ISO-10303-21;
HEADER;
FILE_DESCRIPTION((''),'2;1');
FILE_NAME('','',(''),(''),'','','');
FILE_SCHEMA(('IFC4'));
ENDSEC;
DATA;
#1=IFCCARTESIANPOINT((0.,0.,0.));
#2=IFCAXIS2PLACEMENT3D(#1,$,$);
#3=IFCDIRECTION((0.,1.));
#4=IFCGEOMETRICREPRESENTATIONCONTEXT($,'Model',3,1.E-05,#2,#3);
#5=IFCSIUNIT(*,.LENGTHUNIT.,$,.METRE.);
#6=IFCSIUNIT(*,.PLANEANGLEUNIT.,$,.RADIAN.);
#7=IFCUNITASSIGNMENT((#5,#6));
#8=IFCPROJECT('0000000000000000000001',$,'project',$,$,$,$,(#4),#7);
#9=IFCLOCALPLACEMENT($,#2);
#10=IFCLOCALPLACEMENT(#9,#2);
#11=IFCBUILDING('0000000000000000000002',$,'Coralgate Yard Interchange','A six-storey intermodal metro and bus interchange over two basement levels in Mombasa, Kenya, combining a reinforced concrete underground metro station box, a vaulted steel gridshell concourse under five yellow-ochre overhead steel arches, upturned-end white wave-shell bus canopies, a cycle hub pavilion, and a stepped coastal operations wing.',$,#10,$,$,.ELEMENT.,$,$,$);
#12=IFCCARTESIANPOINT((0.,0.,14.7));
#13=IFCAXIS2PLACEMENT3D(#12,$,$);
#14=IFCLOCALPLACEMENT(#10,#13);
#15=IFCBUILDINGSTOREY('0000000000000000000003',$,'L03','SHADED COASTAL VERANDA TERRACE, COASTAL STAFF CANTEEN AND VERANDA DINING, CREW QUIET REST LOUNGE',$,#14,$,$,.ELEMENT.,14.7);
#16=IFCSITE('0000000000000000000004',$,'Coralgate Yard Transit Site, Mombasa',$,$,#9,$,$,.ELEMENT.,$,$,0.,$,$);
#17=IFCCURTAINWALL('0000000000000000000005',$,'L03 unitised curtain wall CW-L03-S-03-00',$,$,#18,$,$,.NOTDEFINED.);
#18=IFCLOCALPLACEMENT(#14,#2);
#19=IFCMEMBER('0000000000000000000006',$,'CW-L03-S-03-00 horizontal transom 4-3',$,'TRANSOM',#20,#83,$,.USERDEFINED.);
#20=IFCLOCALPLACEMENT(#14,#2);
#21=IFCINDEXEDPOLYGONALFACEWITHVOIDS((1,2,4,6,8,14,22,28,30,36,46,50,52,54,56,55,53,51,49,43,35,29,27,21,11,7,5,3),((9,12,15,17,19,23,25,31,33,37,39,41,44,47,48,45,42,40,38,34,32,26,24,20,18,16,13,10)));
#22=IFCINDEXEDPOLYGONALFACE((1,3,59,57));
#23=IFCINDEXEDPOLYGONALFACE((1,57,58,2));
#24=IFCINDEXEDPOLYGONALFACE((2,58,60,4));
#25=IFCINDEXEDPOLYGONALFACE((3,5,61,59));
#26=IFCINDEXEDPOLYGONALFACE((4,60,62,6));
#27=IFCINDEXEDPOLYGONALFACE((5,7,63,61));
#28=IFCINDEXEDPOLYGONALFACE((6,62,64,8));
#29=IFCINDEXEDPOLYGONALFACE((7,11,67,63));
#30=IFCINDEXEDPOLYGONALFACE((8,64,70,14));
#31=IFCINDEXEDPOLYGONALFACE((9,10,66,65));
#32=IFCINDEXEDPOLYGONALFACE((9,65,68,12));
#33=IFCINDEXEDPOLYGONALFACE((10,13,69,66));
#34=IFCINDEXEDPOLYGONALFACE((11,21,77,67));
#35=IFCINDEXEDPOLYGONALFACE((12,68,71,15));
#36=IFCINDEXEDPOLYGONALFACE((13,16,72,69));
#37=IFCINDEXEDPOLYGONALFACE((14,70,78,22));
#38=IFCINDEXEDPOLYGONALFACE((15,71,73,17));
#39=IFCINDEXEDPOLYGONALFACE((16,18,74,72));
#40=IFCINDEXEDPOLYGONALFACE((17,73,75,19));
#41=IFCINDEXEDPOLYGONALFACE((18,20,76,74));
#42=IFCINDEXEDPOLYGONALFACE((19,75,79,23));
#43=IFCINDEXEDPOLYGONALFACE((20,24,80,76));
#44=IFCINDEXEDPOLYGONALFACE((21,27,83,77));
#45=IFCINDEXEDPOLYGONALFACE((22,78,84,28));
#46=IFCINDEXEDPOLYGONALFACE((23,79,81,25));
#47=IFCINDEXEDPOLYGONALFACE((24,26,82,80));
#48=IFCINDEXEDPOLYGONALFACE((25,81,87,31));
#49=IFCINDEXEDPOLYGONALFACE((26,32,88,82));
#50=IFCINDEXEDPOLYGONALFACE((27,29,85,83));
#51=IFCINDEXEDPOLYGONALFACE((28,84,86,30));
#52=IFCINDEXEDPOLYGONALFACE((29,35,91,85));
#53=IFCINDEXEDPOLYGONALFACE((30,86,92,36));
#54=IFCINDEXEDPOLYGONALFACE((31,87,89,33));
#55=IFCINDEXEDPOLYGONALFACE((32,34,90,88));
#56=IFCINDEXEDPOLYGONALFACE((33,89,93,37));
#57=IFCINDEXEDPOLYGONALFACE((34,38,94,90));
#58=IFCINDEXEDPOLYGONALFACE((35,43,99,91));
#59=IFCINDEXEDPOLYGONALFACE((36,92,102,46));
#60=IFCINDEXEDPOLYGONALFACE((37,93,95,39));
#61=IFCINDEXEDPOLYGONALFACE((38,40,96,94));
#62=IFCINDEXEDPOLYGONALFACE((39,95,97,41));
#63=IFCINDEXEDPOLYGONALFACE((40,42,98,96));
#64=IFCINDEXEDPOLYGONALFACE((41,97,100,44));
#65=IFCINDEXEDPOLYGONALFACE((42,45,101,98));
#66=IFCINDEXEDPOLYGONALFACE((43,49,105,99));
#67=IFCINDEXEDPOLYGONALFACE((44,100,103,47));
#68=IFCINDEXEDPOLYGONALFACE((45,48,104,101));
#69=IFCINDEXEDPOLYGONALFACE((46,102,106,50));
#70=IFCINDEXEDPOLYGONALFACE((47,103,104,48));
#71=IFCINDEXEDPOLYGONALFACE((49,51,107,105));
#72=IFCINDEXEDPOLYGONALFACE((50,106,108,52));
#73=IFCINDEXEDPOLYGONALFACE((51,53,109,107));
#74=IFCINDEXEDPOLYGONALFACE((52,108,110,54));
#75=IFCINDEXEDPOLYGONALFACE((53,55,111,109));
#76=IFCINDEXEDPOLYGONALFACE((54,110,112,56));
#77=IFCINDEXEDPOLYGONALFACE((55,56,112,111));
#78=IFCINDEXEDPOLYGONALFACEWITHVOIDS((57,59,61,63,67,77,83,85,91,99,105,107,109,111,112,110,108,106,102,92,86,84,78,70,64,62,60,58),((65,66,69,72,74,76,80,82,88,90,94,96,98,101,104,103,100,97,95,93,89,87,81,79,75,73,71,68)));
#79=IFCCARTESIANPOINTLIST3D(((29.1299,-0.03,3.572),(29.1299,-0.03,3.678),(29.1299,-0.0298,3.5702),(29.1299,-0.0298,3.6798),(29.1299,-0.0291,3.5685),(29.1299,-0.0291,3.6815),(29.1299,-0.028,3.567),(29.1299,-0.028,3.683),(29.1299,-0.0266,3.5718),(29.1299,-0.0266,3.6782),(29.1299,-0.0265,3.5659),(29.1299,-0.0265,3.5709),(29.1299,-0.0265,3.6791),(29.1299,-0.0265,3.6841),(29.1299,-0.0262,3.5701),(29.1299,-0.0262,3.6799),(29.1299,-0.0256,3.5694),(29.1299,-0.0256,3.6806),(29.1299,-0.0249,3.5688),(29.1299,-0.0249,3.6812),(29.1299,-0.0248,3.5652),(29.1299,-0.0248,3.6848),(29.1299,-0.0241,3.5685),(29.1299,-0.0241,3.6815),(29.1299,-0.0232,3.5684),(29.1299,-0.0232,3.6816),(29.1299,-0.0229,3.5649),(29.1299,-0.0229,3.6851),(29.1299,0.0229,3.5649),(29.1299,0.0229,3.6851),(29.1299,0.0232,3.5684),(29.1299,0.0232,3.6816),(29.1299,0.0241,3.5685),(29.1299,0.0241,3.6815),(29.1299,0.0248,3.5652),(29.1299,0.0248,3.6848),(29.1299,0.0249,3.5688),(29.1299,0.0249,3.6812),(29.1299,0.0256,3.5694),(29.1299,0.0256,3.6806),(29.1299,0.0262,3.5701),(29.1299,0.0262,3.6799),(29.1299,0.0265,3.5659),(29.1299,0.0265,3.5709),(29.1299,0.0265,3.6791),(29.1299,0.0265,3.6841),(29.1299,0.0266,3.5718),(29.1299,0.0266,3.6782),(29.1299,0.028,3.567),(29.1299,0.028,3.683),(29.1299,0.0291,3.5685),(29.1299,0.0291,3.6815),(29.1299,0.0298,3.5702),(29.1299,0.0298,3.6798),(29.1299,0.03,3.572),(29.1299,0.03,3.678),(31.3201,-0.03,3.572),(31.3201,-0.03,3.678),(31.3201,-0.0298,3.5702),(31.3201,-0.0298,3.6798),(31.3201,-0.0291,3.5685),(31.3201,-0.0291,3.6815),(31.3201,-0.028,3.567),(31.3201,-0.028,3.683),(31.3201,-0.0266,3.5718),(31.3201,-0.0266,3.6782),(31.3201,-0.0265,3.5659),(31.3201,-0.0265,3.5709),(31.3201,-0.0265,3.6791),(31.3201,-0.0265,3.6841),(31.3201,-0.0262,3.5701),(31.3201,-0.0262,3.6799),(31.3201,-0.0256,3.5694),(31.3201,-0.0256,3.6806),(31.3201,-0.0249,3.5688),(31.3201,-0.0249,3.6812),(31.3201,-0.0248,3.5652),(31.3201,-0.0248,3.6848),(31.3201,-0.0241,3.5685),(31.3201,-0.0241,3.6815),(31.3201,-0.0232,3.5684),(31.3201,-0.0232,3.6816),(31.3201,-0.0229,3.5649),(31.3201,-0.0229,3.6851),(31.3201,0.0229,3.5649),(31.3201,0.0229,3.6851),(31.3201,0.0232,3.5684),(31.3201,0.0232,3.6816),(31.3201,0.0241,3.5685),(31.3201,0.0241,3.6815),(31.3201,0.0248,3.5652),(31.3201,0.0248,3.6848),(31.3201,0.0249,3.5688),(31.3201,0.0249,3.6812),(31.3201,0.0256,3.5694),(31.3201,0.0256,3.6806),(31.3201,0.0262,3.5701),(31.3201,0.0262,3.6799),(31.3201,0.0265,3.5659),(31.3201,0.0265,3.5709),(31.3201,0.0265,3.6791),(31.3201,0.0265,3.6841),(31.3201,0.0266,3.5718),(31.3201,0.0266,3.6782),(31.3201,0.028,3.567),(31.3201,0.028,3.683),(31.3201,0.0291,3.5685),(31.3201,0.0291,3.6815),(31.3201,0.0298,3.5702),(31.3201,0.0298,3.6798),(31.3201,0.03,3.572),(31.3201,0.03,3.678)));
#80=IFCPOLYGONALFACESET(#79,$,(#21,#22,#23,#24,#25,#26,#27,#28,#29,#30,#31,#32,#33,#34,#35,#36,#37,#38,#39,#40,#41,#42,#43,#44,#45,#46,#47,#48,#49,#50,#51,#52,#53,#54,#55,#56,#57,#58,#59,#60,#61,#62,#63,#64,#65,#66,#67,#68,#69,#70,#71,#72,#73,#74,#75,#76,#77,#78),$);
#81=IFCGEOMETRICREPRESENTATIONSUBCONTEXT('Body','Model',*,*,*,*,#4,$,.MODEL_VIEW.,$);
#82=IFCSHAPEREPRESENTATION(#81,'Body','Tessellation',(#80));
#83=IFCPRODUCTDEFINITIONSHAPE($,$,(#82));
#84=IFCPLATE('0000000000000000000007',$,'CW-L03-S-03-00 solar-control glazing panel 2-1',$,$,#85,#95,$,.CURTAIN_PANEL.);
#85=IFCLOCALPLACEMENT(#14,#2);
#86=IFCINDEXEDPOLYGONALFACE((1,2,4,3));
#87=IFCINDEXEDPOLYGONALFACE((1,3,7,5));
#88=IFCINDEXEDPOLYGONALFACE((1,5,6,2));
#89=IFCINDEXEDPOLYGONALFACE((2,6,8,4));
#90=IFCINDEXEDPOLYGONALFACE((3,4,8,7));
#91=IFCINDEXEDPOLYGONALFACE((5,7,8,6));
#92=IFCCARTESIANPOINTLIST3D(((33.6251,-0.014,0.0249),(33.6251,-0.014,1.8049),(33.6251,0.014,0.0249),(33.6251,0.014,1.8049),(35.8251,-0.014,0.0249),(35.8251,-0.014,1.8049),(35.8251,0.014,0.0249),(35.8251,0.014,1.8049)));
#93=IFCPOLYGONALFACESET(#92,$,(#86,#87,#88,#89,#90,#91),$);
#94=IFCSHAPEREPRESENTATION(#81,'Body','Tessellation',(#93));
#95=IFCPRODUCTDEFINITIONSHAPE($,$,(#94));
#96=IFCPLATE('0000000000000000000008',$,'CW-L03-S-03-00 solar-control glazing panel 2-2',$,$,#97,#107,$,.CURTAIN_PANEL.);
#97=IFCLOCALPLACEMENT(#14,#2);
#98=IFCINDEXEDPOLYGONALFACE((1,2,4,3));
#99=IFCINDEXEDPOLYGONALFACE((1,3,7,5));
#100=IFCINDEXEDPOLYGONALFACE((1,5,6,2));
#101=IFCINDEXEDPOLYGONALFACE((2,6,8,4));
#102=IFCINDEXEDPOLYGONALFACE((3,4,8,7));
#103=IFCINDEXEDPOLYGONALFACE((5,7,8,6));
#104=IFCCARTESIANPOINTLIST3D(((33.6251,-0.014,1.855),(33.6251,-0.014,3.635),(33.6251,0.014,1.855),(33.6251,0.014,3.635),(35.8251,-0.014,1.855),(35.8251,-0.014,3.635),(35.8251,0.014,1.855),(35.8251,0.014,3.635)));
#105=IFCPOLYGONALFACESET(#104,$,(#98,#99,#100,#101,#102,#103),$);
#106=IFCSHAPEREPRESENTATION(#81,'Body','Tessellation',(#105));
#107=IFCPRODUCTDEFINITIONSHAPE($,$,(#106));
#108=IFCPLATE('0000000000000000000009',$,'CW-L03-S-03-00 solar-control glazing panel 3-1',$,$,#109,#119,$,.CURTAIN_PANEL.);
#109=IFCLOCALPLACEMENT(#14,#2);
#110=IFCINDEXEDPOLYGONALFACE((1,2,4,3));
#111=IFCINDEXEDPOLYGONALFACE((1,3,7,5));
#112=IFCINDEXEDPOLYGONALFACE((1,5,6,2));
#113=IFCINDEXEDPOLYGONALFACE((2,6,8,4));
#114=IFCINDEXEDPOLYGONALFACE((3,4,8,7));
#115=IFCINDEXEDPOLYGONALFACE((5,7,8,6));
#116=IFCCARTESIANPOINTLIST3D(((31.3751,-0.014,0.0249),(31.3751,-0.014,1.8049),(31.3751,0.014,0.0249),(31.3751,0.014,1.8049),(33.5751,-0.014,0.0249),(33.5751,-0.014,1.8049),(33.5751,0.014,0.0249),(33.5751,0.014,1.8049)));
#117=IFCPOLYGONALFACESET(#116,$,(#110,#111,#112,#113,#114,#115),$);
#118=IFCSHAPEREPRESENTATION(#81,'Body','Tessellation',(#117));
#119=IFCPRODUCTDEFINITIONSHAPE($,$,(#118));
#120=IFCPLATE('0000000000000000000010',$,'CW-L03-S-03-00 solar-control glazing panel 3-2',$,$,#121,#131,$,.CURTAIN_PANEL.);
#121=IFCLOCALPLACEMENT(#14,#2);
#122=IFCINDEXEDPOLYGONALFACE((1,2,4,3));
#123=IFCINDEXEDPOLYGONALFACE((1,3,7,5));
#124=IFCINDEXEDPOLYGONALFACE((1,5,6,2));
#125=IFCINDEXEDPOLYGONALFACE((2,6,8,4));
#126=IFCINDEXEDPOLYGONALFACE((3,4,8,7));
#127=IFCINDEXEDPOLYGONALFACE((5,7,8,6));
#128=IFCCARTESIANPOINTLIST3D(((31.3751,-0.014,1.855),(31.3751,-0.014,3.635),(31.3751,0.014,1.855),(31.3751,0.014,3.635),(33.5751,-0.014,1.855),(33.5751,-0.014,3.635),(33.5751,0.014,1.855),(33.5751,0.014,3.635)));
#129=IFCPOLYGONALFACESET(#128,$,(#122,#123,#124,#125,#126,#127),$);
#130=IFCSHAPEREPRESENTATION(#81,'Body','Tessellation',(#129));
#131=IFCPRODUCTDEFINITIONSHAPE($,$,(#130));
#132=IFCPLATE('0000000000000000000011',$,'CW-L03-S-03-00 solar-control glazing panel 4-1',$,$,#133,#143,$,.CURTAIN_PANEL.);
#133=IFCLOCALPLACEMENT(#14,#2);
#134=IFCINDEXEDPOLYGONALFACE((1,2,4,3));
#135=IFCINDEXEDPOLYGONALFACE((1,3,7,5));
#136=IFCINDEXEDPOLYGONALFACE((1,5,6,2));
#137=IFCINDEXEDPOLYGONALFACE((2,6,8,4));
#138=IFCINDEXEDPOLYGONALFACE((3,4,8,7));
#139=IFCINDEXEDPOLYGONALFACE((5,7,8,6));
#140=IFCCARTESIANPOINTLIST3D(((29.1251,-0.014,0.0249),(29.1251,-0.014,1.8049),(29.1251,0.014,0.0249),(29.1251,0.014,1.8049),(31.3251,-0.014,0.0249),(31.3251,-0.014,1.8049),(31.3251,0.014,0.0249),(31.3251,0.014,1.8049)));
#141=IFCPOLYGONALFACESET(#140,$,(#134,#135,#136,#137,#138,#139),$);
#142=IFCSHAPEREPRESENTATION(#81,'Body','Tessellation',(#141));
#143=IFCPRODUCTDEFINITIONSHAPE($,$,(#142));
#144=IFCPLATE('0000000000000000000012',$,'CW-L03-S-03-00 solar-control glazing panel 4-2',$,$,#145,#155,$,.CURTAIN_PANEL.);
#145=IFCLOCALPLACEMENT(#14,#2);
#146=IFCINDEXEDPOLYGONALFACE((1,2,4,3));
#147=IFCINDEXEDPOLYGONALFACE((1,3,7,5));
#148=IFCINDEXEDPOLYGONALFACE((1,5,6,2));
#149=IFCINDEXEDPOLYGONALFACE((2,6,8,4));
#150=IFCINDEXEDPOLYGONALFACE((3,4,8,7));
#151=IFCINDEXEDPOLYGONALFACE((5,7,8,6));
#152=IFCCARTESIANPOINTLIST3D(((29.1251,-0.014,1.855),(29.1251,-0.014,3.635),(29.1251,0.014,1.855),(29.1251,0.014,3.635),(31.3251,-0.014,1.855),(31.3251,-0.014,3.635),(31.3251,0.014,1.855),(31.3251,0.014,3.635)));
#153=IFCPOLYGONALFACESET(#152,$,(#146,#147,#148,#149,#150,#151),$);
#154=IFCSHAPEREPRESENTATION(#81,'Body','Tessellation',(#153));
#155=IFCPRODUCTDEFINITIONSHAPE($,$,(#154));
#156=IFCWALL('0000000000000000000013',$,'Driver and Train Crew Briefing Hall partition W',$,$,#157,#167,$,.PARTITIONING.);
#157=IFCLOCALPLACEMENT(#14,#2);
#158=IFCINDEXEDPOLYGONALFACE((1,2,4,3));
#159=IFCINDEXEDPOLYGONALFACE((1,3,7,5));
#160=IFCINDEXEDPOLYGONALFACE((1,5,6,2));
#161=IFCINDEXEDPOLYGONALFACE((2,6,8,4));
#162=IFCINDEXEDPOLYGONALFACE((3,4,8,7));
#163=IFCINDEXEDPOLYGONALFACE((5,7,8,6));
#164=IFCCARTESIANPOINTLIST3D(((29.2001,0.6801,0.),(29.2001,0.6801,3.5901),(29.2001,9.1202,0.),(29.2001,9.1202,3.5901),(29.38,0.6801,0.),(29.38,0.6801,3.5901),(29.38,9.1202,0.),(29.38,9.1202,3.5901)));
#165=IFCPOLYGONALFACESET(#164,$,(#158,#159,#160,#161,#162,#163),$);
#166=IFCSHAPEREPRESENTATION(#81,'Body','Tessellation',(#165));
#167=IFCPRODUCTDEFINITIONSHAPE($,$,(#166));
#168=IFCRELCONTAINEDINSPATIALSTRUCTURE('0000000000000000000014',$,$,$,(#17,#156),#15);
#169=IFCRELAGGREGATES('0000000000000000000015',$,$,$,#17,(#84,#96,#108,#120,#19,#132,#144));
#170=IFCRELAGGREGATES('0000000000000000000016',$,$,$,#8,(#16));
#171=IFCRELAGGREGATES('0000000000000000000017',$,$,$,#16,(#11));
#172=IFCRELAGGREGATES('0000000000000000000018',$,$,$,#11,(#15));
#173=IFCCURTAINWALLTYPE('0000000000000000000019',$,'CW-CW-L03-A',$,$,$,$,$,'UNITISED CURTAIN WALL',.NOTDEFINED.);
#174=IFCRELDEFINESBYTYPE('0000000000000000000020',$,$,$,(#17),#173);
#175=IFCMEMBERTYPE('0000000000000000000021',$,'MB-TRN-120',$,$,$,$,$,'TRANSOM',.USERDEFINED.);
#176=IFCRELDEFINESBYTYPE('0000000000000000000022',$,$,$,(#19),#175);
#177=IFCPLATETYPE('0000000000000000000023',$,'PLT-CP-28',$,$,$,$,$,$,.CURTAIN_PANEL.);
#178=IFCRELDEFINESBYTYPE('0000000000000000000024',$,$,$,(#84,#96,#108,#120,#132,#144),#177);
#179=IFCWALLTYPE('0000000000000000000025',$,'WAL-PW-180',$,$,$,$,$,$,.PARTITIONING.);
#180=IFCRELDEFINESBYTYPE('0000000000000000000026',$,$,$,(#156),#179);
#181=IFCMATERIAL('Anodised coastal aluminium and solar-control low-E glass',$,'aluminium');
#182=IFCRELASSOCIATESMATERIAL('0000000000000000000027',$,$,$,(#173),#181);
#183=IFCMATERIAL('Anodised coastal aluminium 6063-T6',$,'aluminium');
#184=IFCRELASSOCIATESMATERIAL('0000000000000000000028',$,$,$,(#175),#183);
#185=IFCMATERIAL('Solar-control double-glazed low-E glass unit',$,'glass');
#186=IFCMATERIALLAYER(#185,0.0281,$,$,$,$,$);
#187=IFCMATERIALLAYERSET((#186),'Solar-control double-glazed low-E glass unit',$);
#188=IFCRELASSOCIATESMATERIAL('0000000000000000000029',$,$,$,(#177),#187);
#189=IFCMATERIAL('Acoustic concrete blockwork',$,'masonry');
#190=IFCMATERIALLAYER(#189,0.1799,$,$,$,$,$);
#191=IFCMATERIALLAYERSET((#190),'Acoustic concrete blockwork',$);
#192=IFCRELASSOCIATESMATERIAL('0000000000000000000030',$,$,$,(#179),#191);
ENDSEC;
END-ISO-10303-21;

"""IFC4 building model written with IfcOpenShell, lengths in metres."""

from ifc_helpers import new_model, si_unit, direction, frame, frame_2d, origin, origin_2d, place, context, subcontext, project, spatial, rectangle, hollow_rectangle, extrude, material, layer, layer_set, material_profile, profile_set, type_object, element, aggregate, save


model = new_model("IFC4")

# Units and contexts
model_context = context("Model", 3, precision=1e-05, world=origin(), true_north=direction((0.0, 1.0)))
body_context = subcontext(model_context, "Body", "Model", "MODEL_VIEW")
ifc_project = project(units=[si_unit("LENGTHUNIT", "METRE"), si_unit("PLANEANGLEUNIT", "RADIAN")], contexts=[model_context])

# Site, building, storey
site_placement = place(None, origin())
site = spatial("IfcSite", under=ifc_project, at=site_placement, Name="Coralgate Yard Transit Site, Mombasa", CompositionType="ELEMENT", RefElevation=0.0)
building_placement = place(site_placement, origin())
building = spatial("IfcBuilding", under=site, at=building_placement, Name="Coralgate Yard Interchange", Description="A six-storey intermodal metro and bus interchange over two basement levels in Mombasa, Kenya, combining a reinforced concrete underground metro station box, a vaulted steel gridshell concourse under five yellow-ochre overhead steel arches, upturned-end white wave-shell bus canopies, a cycle hub pavilion, and a stepped coastal operations wing.", CompositionType="ELEMENT")
storey_placement = place(building_placement, frame((0.0, 0.0, 14.7)))
storey = spatial("IfcBuildingStorey", under=building, at=storey_placement, Name="L03", Description="SHADED COASTAL VERANDA TERRACE, COASTAL STAFF CANTEEN AND VERANDA DINING, CREW QUIET REST LOUNGE", CompositionType="ELEMENT", Elevation=14.7)

# Curtain wall, member, plates
ifc_material_1 = material(Name="Anodised coastal aluminium and solar-control low-E glass", Category="aluminium")
curtain_wall_type = type_object("IfcCurtainWallType", Name="CW-CW-L03-A", ElementType="UNITISED CURTAIN WALL", PredefinedType="NOTDEFINED", material=ifc_material_1)
curtain_wall_placement = place(storey_placement, origin())
curtain_wall = element("IfcCurtainWall", 1, at=curtain_wall_placement, inside=storey, type_object=curtain_wall_type, Name="L03 unitised curtain wall CW-L03-S-03-00", PredefinedType="NOTDEFINED")
ifc_material_2 = material(Name="Anodised coastal aluminium 6063-T6", Category="aluminium")
ifc_material_profile_1 = material_profile(ifc_material_2, hollow_rectangle(XDim=0.0601, YDim=0.1201, WallThickness=0.0034, InnerFilletRadius=0.0034, OuterFilletRadius=0.0071, at=origin_2d()), Name="ALU 60x120x3.5")
ifc_profile_set_1 = profile_set([ifc_material_profile_1], Name="Anodised coastal aluminium 6063-T6")
member_type_1 = type_object("IfcMemberType", Name="MB-TRN-120", ElementType="TRANSOM", PredefinedType="USERDEFINED", material=ifc_profile_set_1)
member_1_placement = place(storey_placement, frame((31.3201, 0.0, 3.625), z_axis=(-1.0, 0.0, 0.0), x_axis=(0.0, -1.0, 0.0)))
member_1 = element("IfcMember", 2, at=member_1_placement, type_object=member_type_1, Name="CW-L03-S-03-00 horizontal transom 4-3", ObjectType="TRANSOM", PredefinedType="USERDEFINED", context=body_context, shape_type="SweptSolid", body=[
    extrude(hollow_rectangle(XDim=0.0601, YDim=0.1201, WallThickness=0.0034, InnerFilletRadius=0.0034, OuterFilletRadius=0.0071, at=origin_2d()), origin(), (0.0, 0.0, 1.0), 2.1902),
])
ifc_material_3 = material(Name="Solar-control double-glazed low-E glass unit", Category="glass")
ifc_layer_1 = layer(ifc_material_3, 0.0281)
ifc_layer_set_1 = layer_set([ifc_layer_1], Name="Solar-control double-glazed low-E glass unit")
plate_type = type_object("IfcPlateType", Name="PLT-CP-28", PredefinedType="CURTAIN_PANEL", material=ifc_layer_set_1)
plate_1_placement = place(storey_placement, frame((34.7251, 0.0, 0.0249), z_axis=(0.0, 0.0, 1.0), x_axis=(-1.0, 0.0, 0.0)))
plate_1 = element("IfcPlate", 3, at=plate_1_placement, type_object=plate_type, Name="CW-L03-S-03-00 solar-control glazing panel 2-1", PredefinedType="CURTAIN_PANEL", context=body_context, shape_type="SweptSolid", body=[
    extrude(rectangle(XDim=2.2, YDim=0.0281, at=origin_2d()), origin(), (0.0, 0.0, 1.0), 1.78),
])
plate_2_placement = place(storey_placement, frame((34.7251, 0.0, 1.855), z_axis=(0.0, 0.0, 1.0), x_axis=(-1.0, 0.0, 0.0)))
plate_2 = element("IfcPlate", 4, at=plate_2_placement, type_object=plate_type, Name="CW-L03-S-03-00 solar-control glazing panel 2-2", PredefinedType="CURTAIN_PANEL", context=body_context, shape_type="SweptSolid", body=[
    extrude(rectangle(XDim=2.2, YDim=0.0281, at=origin_2d()), origin(), (0.0, 0.0, 1.0), 1.78),
])
plate_3_placement = place(storey_placement, frame((32.4751, 0.0, 0.0249), z_axis=(0.0, 0.0, 1.0), x_axis=(-1.0, 0.0, 0.0)))
plate_3 = element("IfcPlate", 5, at=plate_3_placement, type_object=plate_type, Name="CW-L03-S-03-00 solar-control glazing panel 3-1", PredefinedType="CURTAIN_PANEL", context=body_context, shape_type="SweptSolid", body=[
    extrude(rectangle(XDim=2.2, YDim=0.0281, at=origin_2d()), origin(), (0.0, 0.0, 1.0), 1.78),
])
plate_4_placement = place(storey_placement, frame((32.4751, 0.0, 1.855), z_axis=(0.0, 0.0, 1.0), x_axis=(-1.0, 0.0, 0.0)))
plate_4 = element("IfcPlate", 6, at=plate_4_placement, type_object=plate_type, Name="CW-L03-S-03-00 solar-control glazing panel 3-2", PredefinedType="CURTAIN_PANEL", context=body_context, shape_type="SweptSolid", body=[
    extrude(rectangle(XDim=2.2, YDim=0.0281, at=origin_2d()), origin(), (0.0, 0.0, 1.0), 1.78),
])
plate_5_placement = place(storey_placement, frame((30.2251, 0.0, 0.0249), z_axis=(0.0, 0.0, 1.0), x_axis=(-1.0, 0.0, 0.0)))
plate_5 = element("IfcPlate", 7, at=plate_5_placement, type_object=plate_type, Name="CW-L03-S-03-00 solar-control glazing panel 4-1", PredefinedType="CURTAIN_PANEL", context=body_context, shape_type="SweptSolid", body=[
    extrude(rectangle(XDim=2.2, YDim=0.0281, at=origin_2d()), origin(), (0.0, 0.0, 1.0), 1.78),
])
plate_6_placement = place(storey_placement, frame((30.2251, 0.0, 1.855), z_axis=(0.0, 0.0, 1.0), x_axis=(-1.0, 0.0, 0.0)))
plate_6 = element("IfcPlate", 8, at=plate_6_placement, type_object=plate_type, Name="CW-L03-S-03-00 solar-control glazing panel 4-2", PredefinedType="CURTAIN_PANEL", context=body_context, shape_type="SweptSolid", body=[
    extrude(rectangle(XDim=2.2, YDim=0.0281, at=origin_2d()), origin(), (0.0, 0.0, 1.0), 1.78),
])
aggregate(curtain_wall, [plate_1, plate_2, plate_3, plate_4, member_1, plate_5, plate_6])

# Wall
ifc_material_4 = material(Name="Acoustic concrete blockwork", Category="masonry")
ifc_layer_2 = layer(ifc_material_4, 0.1799)
ifc_layer_set_2 = layer_set([ifc_layer_2], Name="Acoustic concrete blockwork")
wall_type = type_object("IfcWallType", Name="WAL-PW-180", PredefinedType="PARTITIONING", material=ifc_layer_set_2)
wall_placement = place(storey_placement, frame((29.29, 0.6799, 0.0), z_axis=(0.0, 0.0, 1.0), x_axis=(0.0, 1.0, 0.0)))
element("IfcWall", 9, at=wall_placement, inside=storey, type_object=wall_type, Name="Driver and Train Crew Briefing Hall partition W", PredefinedType="PARTITIONING", context=body_context, shape_type="SweptSolid", body=[
    extrude(rectangle(XDim=8.4402, YDim=0.1799, at=frame_2d((4.2202, 0.0))), origin(), (0.0, 0.0, 1.0), 3.5901),
])

save(model, "model.ifc")
